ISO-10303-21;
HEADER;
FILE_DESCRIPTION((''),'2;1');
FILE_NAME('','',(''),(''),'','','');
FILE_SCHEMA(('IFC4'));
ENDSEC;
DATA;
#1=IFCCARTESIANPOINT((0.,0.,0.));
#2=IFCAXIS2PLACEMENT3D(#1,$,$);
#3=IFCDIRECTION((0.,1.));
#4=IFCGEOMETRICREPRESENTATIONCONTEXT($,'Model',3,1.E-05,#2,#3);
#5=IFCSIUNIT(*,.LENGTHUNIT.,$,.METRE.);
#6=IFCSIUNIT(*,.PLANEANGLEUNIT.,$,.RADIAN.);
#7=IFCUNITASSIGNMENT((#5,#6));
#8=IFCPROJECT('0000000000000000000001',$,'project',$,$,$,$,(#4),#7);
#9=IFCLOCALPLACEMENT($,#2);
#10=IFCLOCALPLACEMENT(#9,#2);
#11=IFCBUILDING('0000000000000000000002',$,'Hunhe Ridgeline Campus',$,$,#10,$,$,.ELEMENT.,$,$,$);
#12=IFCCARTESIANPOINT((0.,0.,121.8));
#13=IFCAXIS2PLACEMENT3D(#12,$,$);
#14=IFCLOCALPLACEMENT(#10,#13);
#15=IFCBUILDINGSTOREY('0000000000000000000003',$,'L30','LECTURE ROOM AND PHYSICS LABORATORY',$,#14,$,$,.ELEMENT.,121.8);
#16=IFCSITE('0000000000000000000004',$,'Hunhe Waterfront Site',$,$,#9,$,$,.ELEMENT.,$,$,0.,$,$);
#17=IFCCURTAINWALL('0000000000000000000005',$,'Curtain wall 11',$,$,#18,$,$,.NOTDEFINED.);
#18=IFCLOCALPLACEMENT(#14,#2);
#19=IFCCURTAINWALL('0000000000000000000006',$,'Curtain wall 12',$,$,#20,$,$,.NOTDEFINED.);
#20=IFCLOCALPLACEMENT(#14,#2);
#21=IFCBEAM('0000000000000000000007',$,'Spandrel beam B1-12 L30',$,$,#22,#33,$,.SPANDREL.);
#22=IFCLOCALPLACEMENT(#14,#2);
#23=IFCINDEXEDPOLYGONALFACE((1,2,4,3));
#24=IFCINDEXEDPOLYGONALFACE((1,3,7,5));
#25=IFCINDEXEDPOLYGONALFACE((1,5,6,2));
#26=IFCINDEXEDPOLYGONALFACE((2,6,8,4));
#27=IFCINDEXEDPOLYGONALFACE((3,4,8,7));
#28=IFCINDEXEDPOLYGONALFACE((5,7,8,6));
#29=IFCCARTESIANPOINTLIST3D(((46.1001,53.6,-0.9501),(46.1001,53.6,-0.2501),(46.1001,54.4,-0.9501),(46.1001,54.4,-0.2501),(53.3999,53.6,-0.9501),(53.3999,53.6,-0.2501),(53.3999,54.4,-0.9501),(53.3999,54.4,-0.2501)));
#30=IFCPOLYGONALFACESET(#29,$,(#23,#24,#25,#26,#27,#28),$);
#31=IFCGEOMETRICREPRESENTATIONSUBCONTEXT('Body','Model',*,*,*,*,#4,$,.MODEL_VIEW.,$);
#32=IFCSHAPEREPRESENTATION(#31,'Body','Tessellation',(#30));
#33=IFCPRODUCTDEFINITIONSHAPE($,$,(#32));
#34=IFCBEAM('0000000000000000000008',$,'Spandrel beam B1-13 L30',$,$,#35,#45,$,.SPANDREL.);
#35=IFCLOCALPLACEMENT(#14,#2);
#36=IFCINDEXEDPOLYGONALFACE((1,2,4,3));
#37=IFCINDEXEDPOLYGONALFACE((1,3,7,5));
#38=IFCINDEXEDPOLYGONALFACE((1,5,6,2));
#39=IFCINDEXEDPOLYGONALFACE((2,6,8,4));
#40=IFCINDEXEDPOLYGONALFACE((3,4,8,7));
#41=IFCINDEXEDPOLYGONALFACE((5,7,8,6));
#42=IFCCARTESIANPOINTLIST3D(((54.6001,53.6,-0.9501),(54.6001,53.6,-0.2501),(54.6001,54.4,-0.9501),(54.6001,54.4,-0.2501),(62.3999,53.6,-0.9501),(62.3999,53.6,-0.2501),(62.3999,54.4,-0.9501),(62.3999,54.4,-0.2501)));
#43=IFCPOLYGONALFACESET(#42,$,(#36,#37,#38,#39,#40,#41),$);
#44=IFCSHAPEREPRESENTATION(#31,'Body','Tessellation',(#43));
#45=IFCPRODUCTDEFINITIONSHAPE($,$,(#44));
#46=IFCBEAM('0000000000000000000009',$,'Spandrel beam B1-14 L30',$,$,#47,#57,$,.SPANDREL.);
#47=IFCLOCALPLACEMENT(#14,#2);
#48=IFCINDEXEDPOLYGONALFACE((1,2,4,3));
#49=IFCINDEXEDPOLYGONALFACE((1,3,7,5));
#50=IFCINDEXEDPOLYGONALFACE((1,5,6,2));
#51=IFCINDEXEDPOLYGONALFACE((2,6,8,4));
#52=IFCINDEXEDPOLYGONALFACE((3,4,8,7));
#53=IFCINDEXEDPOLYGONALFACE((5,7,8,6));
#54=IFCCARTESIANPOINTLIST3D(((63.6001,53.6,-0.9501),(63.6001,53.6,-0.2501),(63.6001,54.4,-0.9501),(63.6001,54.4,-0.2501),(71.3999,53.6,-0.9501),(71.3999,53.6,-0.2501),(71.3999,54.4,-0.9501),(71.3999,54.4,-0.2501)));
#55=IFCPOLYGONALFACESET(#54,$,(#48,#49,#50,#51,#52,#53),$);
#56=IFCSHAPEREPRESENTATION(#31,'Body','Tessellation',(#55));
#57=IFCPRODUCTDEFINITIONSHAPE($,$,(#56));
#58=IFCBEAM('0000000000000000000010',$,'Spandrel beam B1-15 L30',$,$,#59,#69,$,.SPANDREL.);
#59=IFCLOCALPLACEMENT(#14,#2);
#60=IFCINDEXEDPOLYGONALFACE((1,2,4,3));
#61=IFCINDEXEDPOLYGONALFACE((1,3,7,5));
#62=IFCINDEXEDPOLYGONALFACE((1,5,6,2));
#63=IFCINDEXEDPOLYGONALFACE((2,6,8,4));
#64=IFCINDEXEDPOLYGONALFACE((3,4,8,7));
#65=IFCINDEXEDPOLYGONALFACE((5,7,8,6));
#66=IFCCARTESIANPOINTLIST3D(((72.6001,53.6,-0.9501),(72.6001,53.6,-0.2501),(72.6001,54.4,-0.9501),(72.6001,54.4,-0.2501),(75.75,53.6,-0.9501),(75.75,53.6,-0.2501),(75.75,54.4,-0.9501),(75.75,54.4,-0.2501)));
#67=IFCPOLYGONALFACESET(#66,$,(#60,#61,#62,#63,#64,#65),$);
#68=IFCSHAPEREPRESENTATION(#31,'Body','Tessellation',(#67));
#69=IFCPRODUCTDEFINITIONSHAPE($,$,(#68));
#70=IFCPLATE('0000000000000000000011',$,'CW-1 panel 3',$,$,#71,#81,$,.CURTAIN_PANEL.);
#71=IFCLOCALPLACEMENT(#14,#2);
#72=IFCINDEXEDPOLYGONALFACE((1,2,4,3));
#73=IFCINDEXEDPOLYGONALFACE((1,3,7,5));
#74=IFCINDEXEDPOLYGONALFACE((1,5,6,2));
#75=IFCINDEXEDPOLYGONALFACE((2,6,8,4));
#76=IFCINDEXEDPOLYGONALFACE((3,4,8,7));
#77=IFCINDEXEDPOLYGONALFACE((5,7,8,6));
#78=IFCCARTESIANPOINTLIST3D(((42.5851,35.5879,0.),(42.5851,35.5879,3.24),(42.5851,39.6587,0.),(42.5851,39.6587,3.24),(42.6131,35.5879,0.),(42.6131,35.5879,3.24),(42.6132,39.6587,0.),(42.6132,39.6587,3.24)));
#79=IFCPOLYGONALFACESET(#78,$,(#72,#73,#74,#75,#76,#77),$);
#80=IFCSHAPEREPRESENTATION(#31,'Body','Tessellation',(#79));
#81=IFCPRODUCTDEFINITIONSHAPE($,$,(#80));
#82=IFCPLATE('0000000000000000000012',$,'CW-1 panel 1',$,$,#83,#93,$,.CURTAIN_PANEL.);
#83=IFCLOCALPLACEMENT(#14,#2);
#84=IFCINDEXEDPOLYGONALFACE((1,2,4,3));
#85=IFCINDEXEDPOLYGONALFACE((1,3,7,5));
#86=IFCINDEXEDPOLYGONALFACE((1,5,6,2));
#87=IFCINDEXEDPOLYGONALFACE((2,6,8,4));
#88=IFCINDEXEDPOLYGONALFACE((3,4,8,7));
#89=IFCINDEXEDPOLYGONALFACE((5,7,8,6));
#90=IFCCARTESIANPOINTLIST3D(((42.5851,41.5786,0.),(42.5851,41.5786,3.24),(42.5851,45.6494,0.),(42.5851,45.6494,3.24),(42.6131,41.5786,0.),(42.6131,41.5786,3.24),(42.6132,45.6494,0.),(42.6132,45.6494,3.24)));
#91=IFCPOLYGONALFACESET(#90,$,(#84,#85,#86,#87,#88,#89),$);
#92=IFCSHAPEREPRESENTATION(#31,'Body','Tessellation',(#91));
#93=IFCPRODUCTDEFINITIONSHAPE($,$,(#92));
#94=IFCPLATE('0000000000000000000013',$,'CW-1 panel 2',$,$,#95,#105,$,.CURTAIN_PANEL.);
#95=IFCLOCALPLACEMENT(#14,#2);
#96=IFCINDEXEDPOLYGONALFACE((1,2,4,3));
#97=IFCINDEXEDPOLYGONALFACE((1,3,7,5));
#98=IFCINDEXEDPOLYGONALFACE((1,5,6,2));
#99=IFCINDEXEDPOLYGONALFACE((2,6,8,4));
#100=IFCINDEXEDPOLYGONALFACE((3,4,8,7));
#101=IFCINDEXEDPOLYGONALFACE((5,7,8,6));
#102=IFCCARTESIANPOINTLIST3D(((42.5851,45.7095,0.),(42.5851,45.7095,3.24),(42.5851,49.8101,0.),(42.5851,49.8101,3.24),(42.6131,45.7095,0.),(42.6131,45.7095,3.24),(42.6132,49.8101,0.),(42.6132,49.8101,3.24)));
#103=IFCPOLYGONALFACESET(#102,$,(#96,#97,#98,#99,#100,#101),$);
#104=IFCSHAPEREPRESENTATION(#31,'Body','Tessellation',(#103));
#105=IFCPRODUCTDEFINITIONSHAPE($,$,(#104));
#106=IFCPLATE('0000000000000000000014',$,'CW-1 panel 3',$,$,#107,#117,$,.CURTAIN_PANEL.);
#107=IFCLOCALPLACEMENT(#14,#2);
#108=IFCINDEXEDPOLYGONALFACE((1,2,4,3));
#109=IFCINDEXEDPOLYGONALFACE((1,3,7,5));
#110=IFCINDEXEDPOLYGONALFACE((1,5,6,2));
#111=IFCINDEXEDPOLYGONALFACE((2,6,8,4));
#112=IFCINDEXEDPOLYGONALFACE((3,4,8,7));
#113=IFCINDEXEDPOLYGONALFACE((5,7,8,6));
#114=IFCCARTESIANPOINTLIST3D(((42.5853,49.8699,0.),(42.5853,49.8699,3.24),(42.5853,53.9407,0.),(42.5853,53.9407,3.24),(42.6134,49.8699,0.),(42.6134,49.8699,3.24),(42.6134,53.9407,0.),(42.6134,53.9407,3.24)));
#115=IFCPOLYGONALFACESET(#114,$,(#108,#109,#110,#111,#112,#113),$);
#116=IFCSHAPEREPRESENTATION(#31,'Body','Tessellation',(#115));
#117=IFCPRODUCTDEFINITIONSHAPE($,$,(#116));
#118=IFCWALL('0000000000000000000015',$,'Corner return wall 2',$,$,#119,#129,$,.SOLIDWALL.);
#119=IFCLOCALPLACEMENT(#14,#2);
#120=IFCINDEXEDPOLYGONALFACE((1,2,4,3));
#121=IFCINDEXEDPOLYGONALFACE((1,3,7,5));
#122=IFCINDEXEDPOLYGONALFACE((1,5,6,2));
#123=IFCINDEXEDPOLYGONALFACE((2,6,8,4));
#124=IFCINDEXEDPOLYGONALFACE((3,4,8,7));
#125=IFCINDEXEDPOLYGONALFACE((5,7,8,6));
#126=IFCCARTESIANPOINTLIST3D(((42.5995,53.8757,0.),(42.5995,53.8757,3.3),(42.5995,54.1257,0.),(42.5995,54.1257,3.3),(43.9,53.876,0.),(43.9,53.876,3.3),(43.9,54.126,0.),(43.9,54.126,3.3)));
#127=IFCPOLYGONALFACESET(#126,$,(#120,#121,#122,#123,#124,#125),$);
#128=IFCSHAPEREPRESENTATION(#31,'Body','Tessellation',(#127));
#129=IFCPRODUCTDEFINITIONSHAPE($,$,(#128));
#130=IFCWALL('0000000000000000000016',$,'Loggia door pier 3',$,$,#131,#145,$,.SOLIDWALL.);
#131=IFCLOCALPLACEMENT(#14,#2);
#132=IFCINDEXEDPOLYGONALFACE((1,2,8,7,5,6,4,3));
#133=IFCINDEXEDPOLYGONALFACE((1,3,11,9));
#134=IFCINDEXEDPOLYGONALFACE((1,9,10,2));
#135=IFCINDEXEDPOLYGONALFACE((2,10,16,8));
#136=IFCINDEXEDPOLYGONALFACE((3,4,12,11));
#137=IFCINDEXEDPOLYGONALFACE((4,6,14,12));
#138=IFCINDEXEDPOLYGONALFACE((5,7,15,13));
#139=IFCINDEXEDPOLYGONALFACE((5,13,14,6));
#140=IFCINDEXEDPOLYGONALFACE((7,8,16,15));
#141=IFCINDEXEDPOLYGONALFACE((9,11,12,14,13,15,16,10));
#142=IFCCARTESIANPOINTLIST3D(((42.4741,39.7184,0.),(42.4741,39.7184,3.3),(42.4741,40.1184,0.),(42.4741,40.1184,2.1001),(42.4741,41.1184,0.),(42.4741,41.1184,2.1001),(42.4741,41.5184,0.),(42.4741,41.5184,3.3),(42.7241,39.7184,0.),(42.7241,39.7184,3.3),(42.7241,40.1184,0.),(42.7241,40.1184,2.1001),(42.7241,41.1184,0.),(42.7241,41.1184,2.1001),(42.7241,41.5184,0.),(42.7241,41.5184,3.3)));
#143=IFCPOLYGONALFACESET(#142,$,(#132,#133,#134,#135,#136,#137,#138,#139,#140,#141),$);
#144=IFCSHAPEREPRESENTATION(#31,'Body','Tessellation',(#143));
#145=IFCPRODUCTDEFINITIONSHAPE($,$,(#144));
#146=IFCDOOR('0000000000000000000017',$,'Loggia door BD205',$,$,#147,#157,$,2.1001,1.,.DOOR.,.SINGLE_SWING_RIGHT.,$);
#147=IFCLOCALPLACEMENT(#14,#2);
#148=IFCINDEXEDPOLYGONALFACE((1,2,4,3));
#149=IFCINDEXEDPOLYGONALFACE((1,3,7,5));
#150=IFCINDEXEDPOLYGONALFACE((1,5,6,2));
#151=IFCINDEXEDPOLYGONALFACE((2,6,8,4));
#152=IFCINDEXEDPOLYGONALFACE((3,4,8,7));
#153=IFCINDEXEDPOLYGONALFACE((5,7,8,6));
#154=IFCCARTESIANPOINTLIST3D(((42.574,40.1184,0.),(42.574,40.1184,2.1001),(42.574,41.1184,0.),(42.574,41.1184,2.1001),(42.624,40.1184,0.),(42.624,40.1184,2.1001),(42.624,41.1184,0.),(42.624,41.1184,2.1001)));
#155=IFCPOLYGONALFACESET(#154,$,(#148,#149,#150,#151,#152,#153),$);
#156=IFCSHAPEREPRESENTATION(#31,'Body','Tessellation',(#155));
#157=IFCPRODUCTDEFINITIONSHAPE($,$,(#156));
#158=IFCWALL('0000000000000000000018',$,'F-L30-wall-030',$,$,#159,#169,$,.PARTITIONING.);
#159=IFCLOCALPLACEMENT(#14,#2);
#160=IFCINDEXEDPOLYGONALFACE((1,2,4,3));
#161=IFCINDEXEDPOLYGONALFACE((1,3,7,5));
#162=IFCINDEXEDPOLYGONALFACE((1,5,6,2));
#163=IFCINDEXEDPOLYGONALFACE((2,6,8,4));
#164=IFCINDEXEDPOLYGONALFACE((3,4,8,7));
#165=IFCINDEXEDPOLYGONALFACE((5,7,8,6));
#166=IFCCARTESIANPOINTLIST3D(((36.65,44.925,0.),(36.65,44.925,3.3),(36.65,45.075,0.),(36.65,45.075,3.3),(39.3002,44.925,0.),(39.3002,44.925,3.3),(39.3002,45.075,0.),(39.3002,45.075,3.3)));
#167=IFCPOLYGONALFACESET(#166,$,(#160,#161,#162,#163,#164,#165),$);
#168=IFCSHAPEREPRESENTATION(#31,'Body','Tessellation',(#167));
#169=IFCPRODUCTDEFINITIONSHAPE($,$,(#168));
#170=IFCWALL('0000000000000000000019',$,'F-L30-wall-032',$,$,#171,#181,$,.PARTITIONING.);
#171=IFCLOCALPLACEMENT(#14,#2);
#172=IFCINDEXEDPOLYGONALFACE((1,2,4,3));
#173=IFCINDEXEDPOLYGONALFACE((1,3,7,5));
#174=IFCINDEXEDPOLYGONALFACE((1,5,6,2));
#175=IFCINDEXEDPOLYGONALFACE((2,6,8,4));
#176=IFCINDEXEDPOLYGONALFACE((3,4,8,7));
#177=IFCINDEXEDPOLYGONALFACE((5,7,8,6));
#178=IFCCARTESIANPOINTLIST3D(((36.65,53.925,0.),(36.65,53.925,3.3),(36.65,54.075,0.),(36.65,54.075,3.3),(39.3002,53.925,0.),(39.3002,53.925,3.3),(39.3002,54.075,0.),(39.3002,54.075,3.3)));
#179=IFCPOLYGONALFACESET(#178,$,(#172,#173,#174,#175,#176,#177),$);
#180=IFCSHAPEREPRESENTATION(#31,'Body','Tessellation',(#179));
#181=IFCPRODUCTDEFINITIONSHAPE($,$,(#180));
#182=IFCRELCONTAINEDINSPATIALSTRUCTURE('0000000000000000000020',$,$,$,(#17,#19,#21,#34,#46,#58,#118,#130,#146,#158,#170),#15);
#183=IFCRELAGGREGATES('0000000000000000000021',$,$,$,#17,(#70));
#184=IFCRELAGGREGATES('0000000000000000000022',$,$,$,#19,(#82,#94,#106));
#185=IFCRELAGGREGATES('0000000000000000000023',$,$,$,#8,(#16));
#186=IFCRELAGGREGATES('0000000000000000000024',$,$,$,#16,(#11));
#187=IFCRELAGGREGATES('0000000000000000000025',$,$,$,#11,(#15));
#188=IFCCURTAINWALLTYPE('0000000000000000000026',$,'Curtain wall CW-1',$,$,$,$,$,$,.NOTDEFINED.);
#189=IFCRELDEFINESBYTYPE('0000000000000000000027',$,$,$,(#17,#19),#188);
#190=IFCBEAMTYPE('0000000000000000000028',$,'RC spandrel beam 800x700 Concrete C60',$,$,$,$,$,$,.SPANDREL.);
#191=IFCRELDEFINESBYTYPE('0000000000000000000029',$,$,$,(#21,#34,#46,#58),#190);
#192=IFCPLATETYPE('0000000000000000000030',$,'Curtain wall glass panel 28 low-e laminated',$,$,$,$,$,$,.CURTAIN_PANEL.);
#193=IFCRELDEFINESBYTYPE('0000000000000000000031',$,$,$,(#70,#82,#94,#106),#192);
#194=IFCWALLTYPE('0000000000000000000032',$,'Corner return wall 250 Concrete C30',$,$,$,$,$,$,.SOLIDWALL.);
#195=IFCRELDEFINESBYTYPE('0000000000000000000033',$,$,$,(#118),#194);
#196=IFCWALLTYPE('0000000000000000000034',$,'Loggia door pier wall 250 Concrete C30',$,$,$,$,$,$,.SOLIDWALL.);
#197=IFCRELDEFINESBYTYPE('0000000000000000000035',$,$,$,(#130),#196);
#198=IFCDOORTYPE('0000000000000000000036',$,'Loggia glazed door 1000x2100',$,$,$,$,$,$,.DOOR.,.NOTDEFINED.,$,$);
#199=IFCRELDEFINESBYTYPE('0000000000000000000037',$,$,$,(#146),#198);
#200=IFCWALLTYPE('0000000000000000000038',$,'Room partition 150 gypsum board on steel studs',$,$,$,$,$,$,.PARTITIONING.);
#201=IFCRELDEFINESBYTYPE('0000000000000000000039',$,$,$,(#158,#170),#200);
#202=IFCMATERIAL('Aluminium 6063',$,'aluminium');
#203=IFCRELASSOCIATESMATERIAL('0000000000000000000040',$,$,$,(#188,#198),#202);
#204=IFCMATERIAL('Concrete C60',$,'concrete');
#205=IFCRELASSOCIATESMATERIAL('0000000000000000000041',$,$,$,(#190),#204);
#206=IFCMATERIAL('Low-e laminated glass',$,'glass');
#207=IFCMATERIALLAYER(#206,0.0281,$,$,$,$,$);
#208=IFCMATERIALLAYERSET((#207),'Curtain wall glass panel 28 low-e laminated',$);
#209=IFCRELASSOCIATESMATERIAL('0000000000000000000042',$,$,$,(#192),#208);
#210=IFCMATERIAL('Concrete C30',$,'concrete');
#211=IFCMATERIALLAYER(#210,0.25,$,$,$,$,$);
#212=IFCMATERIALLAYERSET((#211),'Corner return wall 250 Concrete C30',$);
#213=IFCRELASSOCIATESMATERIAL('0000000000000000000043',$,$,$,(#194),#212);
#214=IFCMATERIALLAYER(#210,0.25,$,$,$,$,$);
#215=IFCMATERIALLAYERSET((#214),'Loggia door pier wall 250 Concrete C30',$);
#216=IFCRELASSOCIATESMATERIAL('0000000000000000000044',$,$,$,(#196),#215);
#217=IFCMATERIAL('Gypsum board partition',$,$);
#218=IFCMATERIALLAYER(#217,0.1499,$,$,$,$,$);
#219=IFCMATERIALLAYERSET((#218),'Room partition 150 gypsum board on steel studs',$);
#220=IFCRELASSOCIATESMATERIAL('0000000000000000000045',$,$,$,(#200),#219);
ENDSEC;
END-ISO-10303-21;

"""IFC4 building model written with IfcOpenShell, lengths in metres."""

from ifc_helpers import new_model, si_unit, direction, frame, frame_2d, origin, origin_2d, place, context, subcontext, project, spatial, rectangle, extrude, material, layer, layer_set, material_profile, profile_set, type_object, element, fill, aggregate, save


model = new_model("IFC4")

# Units and contexts
model_context = context("Model", 3, precision=1e-05, world=origin(), true_north=direction((0.0, 1.0)))
body_context = subcontext(model_context, "Body", "Model", "MODEL_VIEW")
ifc_project = project(units=[si_unit("LENGTHUNIT", "METRE"), si_unit("PLANEANGLEUNIT", "RADIAN")], contexts=[model_context])

# Site, building, storey
site_placement = place(None, origin())
site = spatial("IfcSite", under=ifc_project, at=site_placement, Name="Hunhe Waterfront Site", CompositionType="ELEMENT", RefElevation=0.0)
building_placement = place(site_placement, origin())
building = spatial("IfcBuilding", under=site, at=building_placement, Name="Hunhe Ridgeline Campus", CompositionType="ELEMENT")
storey_placement = place(building_placement, frame((0.0, 0.0, 121.8)))
storey = spatial("IfcBuildingStorey", under=building, at=storey_placement, Name="L30", Description="LECTURE ROOM AND PHYSICS LABORATORY", CompositionType="ELEMENT", Elevation=121.8)

# Curtain wall
ifc_material_1 = material(Name="Aluminium 6063", Category="aluminium")
curtain_wall_type = type_object("IfcCurtainWallType", Name="Curtain wall CW-1", PredefinedType="NOTDEFINED", material=ifc_material_1)
curtain_wall_1_placement = place(storey_placement, origin())
curtain_wall_1 = element("IfcCurtainWall", 1, at=curtain_wall_1_placement, inside=storey, type_object=curtain_wall_type, Name="Curtain wall 11", PredefinedType="NOTDEFINED")

# Curtain wall
curtain_wall_2_placement = place(storey_placement, origin())
curtain_wall_2 = element("IfcCurtainWall", 2, at=curtain_wall_2_placement, inside=storey, type_object=curtain_wall_type, Name="Curtain wall 12", PredefinedType="NOTDEFINED")

# Beams
ifc_material_2 = material(Name="Concrete C60", Category="concrete")
ifc_material_profile_1 = material_profile(ifc_material_2, rectangle(XDim=0.8, YDim=0.7, at=origin_2d()))
ifc_profile_set_1 = profile_set([ifc_material_profile_1], Name="Concrete C60")
beam_type = type_object("IfcBeamType", Name="RC spandrel beam 800x700 Concrete C60", PredefinedType="SPANDREL", material=ifc_profile_set_1)
beam_1_placement = place(storey_placement, frame((46.1001, 54.0, -0.6001), z_axis=(1.0, 0.0, 0.0), x_axis=(0.0, 1.0, 0.0)))
element("IfcBeam", 3, at=beam_1_placement, inside=storey, type_object=beam_type, Name="Spandrel beam B1-12 L30", PredefinedType="SPANDREL", context=body_context, shape_type="SweptSolid", body=[
    extrude(rectangle(XDim=0.8, YDim=0.7, at=origin_2d()), origin(), (0.0, 0.0, 1.0), 7.2998),
])
for number, where, z_axis, x_axis, name in (
    (4, (54.6001, 54.0, -0.6001), (1.0, 0.0, 0.0), (0.0, 1.0, 0.0), "Spandrel beam B1-13 L30"),
    (5, (63.6001, 54.0, -0.6001), (1.0, 0.0, 0.0), (0.0, 1.0, 0.0), "Spandrel beam B1-14 L30"),
):
    element("IfcBeam", number, at=place(storey_placement, frame(where, z_axis=z_axis, x_axis=x_axis)), inside=storey, type_object=beam_type, Name=name, PredefinedType="SPANDREL", context=body_context, shape_type="SweptSolid", body=[
        extrude(rectangle(XDim=0.8, YDim=0.7, at=origin_2d()), origin(), (0.0, 0.0, 1.0), 7.7998),
    ])
beam_2_placement = place(storey_placement, frame((72.6001, 54.0, -0.6001), z_axis=(1.0, 0.0, 0.0), x_axis=(0.0, 1.0, 0.0)))
element("IfcBeam", 6, at=beam_2_placement, inside=storey, type_object=beam_type, Name="Spandrel beam B1-15 L30", PredefinedType="SPANDREL", context=body_context, shape_type="SweptSolid", body=[
    extrude(rectangle(XDim=0.8, YDim=0.7, at=origin_2d()), origin(), (0.0, 0.0, 1.0), 3.1499),
])

# Plates
ifc_material_3 = material(Name="Low-e laminated glass", Category="glass")
ifc_layer_1 = layer(ifc_material_3, 0.0281)
ifc_layer_set_1 = layer_set([ifc_layer_1], Name="Curtain wall glass panel 28 low-e laminated")
plate_type = type_object("IfcPlateType", Name="Curtain wall glass panel 28 low-e laminated", PredefinedType="CURTAIN_PANEL", material=ifc_layer_set_1)
plate_1_placement = place(storey_placement, frame((42.5991, 37.6233, 0.0), z_axis=(0.0, 0.0, 1.0), x_axis=(0.000011, 1.0, 0.0)))
plate_1 = element("IfcPlate", 7, at=plate_1_placement, type_object=plate_type, Name="CW-1 panel 3", PredefinedType="CURTAIN_PANEL", context=body_context, shape_type="SweptSolid", body=[
    extrude(rectangle(XDim=4.0708, YDim=0.0281, at=origin_2d()), origin(), (0.0, 0.0, 1.0), 3.24),
])
aggregate(curtain_wall_1, [plate_1])
plate_2_placement = place(storey_placement, frame((42.5991, 43.614, 0.0), z_axis=(0.0, 0.0, 1.0), x_axis=(0.000011, 1.0, 0.0)))
plate_2 = element("IfcPlate", 8, at=plate_2_placement, type_object=plate_type, Name="CW-1 panel 1", PredefinedType="CURTAIN_PANEL", context=body_context, shape_type="SweptSolid", body=[
    extrude(rectangle(XDim=4.0708, YDim=0.0281, at=origin_2d()), origin(), (0.0, 0.0, 1.0), 3.24),
])
plate_3_placement = place(storey_placement, frame((42.5991, 47.7598, 0.0), z_axis=(0.0, 0.0, 1.0), x_axis=(0.000011, 1.0, 0.0)))
plate_3 = element("IfcPlate", 9, at=plate_3_placement, type_object=plate_type, Name="CW-1 panel 2", PredefinedType="CURTAIN_PANEL", context=body_context, shape_type="SweptSolid", body=[
    extrude(rectangle(XDim=4.1006, YDim=0.0281, at=origin_2d()), origin(), (0.0, 0.0, 1.0), 3.24),
])
plate_4_placement = place(storey_placement, frame((42.5994, 51.9053, 0.0), z_axis=(0.0, 0.0, 1.0), x_axis=(0.000011, 1.0, 0.0)))
plate_4 = element("IfcPlate", 10, at=plate_4_placement, type_object=plate_type, Name="CW-1 panel 3", PredefinedType="CURTAIN_PANEL", context=body_context, shape_type="SweptSolid", body=[
    extrude(rectangle(XDim=4.0708, YDim=0.0281, at=origin_2d()), origin(), (0.0, 0.0, 1.0), 3.24),
])
aggregate(curtain_wall_2, [plate_2, plate_3, plate_4])

# Wall
ifc_material_4 = material(Name="Concrete C30", Category="concrete")
ifc_layer_2 = layer(ifc_material_4, 0.25)
ifc_layer_set_2 = layer_set([ifc_layer_2], Name="Corner return wall 250 Concrete C30")
wall_type_1 = type_object("IfcWallType", Name="Corner return wall 250 Concrete C30", PredefinedType="SOLIDWALL", material=ifc_layer_set_2)
wall_1_placement = place(storey_placement, frame((42.5994, 54.0007, 0.0), z_axis=(0.0, 0.0, 1.0), x_axis=(1.0, 0.000188, 0.0)))
element("IfcWall", 11, at=wall_1_placement, inside=storey, type_object=wall_type_1, Name="Corner return wall 2", PredefinedType="SOLIDWALL", context=body_context, shape_type="SweptSolid", body=[
    extrude(rectangle(XDim=1.3005, YDim=0.25, at=frame_2d((0.6504, 0.0))), origin(), (0.0, 0.0, 1.0), 3.3),
])

# Wall, opening, door
ifc_layer_3 = layer(ifc_material_4, 0.25)
ifc_layer_set_3 = layer_set([ifc_layer_3], Name="Loggia door pier wall 250 Concrete C30")
wall_type_2 = type_object("IfcWallType", Name="Loggia door pier wall 250 Concrete C30", PredefinedType="SOLIDWALL", material=ifc_layer_set_3)
wall_2_placement = place(storey_placement, frame((42.5991, 39.7185, 0.0), z_axis=(0.0, 0.0, 1.0), x_axis=(0.0, 1.0, 0.0)))
wall_2 = element("IfcWall", 12, at=wall_2_placement, inside=storey, type_object=wall_type_2, Name="Loggia door pier 3", PredefinedType="SOLIDWALL", context=body_context, shape_type="SweptSolid", body=[
    extrude(rectangle(XDim=1.8, YDim=0.25, at=frame_2d((0.8999, 0.0))), origin(), (0.0, 0.0, 1.0), 3.3),
])
opening_placement = place(wall_2_placement, frame((0.3999, 0.0, 0.0)))
opening = element("IfcOpeningElement", 13, at=opening_placement, cuts=wall_2, PredefinedType="OPENING", context=body_context, shape_type="SweptSolid", body=[
    extrude(rectangle(XDim=1.0, YDim=2.1001, at=frame_2d((0.5, 1.05))), frame((0.0, 0.125, 0.0), z_axis=(0.0, -1.0, 0.0), x_axis=(1.0, 0.0, 0.0)), (0.0, 0.0, 1.0), 0.25),
])
door_type = type_object("IfcDoorType", Name="Loggia glazed door 1000x2100", OperationType="NOTDEFINED", PredefinedType="DOOR", material=ifc_material_1)
door_placement = place(opening_placement, frame((1.0, 0.0, 0.0), z_axis=(0.0, 0.0, 1.0), x_axis=(-1.0, 0.0, 0.0)))
door = element("IfcDoor", 14, at=door_placement, inside=storey, type_object=door_type, Name="Loggia door BD205", OperationType="SINGLE_SWING_RIGHT", OverallHeight=2.1001, OverallWidth=1.0, PredefinedType="DOOR", context=body_context, shape_type="SweptSolid", body=[
    extrude(rectangle(XDim=1.0, YDim=2.1001, at=frame_2d((0.5, 1.05))), frame((0.0, 0.0249, 0.0), z_axis=(0.0, -1.0, 0.0), x_axis=(1.0, 0.0, 0.0)), (0.0, 0.0, 1.0), 0.05),
])
fill(opening, door)

# Walls
ifc_material_5 = material(Name="Gypsum board partition")
ifc_layer_4 = layer(ifc_material_5, 0.1499)
ifc_layer_set_4 = layer_set([ifc_layer_4], Name="Room partition 150 gypsum board on steel studs")
wall_type_3 = type_object("IfcWallType", Name="Room partition 150 gypsum board on steel studs", PredefinedType="PARTITIONING", material=ifc_layer_set_4)
for number, where, z_axis, x_axis, name in (
    (15, (36.6499, 45.0, 0.0), (0.0, 0.0, 1.0), (1.0, 0.0, 0.0), "F-L30-wall-030"),
    (16, (36.6499, 54.0, 0.0), (0.0, 0.0, 1.0), (1.0, 0.0, 0.0), "F-L30-wall-032"),
):
    element("IfcWall", number, at=place(storey_placement, frame(where, z_axis=z_axis, x_axis=x_axis)), inside=storey, type_object=wall_type_3, Name=name, PredefinedType="PARTITIONING", context=body_context, shape_type="SweptSolid", body=[
        extrude(rectangle(XDim=2.6501, YDim=0.1499, at=frame_2d((1.3252, 0.0))), origin(), (0.0, 0.0, 1.0), 3.3),
    ])

save(model, "model.ifc")
